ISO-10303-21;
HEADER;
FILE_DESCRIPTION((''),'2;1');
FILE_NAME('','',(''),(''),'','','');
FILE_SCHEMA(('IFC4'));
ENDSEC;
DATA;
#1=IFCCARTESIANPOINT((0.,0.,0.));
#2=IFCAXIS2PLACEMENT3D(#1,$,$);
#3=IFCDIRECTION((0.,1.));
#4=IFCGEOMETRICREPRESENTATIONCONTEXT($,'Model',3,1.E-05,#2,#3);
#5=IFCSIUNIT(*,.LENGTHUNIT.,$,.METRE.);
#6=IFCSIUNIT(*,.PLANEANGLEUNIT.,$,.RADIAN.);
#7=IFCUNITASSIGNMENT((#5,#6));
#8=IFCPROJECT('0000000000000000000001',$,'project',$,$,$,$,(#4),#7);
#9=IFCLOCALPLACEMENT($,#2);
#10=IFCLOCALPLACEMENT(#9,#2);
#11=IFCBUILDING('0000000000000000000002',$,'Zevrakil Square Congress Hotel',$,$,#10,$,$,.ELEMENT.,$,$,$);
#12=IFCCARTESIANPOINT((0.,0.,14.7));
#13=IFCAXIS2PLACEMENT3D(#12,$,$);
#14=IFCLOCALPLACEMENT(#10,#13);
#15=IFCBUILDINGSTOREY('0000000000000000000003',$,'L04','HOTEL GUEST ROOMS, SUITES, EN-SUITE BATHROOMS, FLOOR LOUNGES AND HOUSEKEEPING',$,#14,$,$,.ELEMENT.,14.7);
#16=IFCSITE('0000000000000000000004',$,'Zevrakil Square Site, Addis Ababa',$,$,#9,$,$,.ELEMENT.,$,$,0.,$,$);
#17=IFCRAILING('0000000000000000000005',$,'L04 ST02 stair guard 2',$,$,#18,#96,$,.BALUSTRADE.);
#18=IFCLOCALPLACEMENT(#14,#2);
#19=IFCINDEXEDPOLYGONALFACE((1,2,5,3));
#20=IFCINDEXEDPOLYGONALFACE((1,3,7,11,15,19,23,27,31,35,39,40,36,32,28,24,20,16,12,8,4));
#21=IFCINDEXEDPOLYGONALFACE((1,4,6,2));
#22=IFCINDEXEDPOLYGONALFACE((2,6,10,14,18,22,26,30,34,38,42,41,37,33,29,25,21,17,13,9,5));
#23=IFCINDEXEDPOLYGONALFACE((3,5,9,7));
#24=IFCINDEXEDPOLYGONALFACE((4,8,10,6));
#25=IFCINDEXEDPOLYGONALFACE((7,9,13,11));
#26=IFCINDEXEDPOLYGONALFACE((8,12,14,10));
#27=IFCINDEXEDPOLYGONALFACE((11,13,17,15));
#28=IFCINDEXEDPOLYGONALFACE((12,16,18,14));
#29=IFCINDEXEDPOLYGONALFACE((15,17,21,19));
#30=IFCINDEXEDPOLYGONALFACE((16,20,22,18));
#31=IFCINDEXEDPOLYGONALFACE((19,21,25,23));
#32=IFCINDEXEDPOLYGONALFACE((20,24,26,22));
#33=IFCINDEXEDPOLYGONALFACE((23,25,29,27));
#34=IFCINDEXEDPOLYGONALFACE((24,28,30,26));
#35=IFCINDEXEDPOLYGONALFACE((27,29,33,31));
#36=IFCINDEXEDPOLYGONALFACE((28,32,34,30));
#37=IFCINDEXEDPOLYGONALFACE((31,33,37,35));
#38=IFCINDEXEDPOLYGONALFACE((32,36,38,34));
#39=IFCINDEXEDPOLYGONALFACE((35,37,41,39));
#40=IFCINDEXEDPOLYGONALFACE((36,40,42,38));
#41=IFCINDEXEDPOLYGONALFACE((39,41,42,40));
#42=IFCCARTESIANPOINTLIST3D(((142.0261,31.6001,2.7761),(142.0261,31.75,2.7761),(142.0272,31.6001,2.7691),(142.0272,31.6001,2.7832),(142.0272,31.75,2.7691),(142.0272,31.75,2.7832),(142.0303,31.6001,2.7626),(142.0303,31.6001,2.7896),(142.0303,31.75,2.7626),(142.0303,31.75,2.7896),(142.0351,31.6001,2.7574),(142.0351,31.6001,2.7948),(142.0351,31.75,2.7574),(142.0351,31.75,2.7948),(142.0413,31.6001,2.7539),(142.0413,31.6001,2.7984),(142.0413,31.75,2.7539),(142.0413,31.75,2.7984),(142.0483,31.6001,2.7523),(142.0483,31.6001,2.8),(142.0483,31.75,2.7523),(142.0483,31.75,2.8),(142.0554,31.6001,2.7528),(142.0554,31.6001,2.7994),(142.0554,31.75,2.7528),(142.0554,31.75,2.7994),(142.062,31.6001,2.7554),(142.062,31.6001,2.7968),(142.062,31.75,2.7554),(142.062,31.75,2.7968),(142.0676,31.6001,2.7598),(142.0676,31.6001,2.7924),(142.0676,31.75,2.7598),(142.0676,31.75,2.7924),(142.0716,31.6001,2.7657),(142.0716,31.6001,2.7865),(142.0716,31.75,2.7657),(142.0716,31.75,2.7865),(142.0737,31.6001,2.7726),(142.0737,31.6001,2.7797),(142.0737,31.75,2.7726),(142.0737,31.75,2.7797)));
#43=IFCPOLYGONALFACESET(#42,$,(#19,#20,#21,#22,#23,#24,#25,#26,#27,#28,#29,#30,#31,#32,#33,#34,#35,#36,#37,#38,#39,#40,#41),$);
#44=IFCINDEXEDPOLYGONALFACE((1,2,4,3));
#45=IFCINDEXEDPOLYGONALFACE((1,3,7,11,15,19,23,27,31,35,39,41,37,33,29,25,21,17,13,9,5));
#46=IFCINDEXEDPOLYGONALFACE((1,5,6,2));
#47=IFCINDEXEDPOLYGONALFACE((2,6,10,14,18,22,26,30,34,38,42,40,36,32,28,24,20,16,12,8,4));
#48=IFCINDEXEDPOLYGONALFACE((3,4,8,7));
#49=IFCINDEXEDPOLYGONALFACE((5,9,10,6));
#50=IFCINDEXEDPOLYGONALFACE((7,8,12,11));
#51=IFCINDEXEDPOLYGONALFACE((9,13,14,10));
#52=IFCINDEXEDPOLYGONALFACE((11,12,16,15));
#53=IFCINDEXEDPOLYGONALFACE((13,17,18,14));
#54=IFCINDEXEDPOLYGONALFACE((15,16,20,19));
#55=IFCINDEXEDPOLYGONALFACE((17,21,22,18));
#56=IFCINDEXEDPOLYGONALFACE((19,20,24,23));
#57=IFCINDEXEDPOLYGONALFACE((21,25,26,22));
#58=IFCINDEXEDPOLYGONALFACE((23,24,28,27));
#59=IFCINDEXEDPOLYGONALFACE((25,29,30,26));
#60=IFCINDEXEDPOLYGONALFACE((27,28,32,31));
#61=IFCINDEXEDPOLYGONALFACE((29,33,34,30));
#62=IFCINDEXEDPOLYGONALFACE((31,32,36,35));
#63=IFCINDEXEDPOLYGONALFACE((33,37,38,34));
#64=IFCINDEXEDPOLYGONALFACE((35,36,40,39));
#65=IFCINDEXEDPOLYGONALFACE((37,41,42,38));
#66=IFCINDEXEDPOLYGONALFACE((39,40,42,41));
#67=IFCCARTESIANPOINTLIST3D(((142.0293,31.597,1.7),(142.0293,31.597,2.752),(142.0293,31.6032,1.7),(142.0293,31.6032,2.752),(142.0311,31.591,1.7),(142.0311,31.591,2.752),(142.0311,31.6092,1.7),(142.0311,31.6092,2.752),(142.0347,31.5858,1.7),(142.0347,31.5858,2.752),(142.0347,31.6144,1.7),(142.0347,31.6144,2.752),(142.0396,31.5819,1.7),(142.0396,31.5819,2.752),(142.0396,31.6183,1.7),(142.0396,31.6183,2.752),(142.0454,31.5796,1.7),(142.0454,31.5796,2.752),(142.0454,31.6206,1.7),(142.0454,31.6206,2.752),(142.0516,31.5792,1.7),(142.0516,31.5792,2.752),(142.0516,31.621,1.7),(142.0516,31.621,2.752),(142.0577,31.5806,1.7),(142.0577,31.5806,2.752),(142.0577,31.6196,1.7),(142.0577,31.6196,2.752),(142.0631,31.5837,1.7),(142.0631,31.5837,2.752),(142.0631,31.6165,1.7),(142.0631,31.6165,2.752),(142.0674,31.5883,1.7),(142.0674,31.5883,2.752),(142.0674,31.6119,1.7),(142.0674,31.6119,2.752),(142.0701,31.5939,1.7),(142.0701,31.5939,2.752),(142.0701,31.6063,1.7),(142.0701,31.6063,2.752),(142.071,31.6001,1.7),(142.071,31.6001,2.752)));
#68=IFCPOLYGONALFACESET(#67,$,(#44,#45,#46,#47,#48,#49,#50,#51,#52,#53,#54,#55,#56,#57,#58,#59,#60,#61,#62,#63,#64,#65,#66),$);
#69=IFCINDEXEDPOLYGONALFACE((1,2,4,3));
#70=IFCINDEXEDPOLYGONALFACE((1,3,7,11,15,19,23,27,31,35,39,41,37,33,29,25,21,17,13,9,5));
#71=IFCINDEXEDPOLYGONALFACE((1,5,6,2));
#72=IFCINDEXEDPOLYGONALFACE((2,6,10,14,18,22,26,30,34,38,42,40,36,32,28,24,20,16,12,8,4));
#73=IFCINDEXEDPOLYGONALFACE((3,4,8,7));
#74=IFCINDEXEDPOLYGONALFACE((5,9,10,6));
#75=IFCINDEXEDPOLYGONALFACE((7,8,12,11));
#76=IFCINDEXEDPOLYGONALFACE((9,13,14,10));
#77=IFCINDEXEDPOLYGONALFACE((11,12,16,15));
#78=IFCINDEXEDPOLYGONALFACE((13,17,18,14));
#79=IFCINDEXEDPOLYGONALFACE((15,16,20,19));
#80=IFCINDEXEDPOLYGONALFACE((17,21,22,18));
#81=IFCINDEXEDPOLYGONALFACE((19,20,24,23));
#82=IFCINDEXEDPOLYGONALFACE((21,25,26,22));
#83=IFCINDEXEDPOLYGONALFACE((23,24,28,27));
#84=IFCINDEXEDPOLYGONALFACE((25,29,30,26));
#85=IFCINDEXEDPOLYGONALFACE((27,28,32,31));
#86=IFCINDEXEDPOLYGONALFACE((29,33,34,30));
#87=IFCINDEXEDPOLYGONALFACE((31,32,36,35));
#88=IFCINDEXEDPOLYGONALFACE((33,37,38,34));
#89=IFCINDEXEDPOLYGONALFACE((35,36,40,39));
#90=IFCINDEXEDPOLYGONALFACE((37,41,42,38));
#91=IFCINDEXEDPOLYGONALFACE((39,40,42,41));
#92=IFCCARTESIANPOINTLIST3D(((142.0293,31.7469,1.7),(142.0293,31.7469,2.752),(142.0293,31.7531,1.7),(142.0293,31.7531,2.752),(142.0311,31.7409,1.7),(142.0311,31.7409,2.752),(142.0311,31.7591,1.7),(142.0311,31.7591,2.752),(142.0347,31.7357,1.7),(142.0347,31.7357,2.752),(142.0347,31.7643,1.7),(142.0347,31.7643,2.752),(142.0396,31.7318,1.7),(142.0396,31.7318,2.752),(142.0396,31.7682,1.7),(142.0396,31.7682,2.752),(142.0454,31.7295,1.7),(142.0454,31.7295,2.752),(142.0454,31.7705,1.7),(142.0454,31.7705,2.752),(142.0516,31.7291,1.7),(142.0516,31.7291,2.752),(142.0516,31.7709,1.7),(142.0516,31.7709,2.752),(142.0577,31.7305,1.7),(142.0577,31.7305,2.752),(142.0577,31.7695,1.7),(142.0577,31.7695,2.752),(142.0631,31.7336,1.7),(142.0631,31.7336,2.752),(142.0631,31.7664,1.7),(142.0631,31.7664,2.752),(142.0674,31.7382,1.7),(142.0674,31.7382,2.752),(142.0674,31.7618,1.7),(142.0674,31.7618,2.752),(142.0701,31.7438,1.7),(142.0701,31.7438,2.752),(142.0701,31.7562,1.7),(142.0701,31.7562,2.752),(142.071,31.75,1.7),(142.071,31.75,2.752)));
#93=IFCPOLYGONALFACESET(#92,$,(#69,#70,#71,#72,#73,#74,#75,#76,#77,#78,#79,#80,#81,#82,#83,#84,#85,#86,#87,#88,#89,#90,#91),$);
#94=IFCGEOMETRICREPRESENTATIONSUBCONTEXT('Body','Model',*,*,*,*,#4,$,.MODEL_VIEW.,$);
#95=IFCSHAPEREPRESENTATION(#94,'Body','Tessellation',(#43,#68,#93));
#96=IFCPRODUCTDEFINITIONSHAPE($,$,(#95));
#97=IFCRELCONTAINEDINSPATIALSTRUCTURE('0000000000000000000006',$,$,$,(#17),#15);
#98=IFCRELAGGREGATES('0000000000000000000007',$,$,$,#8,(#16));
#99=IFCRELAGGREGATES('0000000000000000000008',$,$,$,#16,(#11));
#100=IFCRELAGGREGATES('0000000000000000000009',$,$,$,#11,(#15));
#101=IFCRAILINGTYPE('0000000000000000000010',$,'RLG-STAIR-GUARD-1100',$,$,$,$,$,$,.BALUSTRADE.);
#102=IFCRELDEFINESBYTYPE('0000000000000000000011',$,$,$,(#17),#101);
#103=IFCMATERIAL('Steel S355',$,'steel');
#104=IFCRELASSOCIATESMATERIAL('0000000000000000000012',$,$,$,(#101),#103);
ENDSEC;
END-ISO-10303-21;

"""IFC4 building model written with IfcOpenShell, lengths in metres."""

from ifc_helpers import new_model, si_unit, direction, frame, origin, origin_2d, place, context, subcontext, project, spatial, circle, extrude, material, type_object, element, save


model = new_model("IFC4")

# Units and contexts
model_context = context("Model", 3, precision=1e-05, world=origin(), true_north=direction((0.0, 1.0)))
body_context = subcontext(model_context, "Body", "Model", "MODEL_VIEW")
ifc_project = project(units=[si_unit("LENGTHUNIT", "METRE"), si_unit("PLANEANGLEUNIT", "RADIAN")], contexts=[model_context])

# Site, building, storey
site_placement = place(None, origin())
site = spatial("IfcSite", under=ifc_project, at=site_placement, Name="Zevrakil Square Site, Addis Ababa", CompositionType="ELEMENT", RefElevation=0.0)
building_placement = place(site_placement, origin())
building = spatial("IfcBuilding", under=site, at=building_placement, Name="Zevrakil Square Congress Hotel", CompositionType="ELEMENT")
storey_placement = place(building_placement, frame((0.0, 0.0, 14.7)))
storey = spatial("IfcBuildingStorey", under=building, at=storey_placement, Name="L04", Description="HOTEL GUEST ROOMS, SUITES, EN-SUITE BATHROOMS, FLOOR LOUNGES AND HOUSEKEEPING", CompositionType="ELEMENT", Elevation=14.7)

# Railing
ifc_material_1 = material(Name="Steel S355", Category="steel")
railing_type_1 = type_object("IfcRailingType", Name="RLG-STAIR-GUARD-1100", PredefinedType="BALUSTRADE", material=ifc_material_1)
railing_1_placement = place(storey_placement, frame((142.05, 31.6001, 1.7)))
element("IfcRailing", 1, at=railing_1_placement, inside=storey, type_object=railing_type_1, Name="L04 ST02 stair guard 2", PredefinedType="BALUSTRADE", context=body_context, shape_type="SweptSolid", body=[
    extrude(circle(Radius=0.0239, at=origin_2d()), frame((0.0, 0.0, 1.0762), z_axis=(0.0, 1.0, 0.0), x_axis=(-1.0, 0.0, 0.0)), (0.0, 0.0, 1.0), 0.1499),
    extrude(circle(Radius=0.021, at=origin_2d()), origin(), (0.0, 0.0, 1.0), 1.052),
    extrude(circle(Radius=0.021, at=origin_2d()), frame((0.0, 0.1499, 0.0)), (0.0, 0.0, 1.0), 1.052),
])

save(model, "model.ifc")
